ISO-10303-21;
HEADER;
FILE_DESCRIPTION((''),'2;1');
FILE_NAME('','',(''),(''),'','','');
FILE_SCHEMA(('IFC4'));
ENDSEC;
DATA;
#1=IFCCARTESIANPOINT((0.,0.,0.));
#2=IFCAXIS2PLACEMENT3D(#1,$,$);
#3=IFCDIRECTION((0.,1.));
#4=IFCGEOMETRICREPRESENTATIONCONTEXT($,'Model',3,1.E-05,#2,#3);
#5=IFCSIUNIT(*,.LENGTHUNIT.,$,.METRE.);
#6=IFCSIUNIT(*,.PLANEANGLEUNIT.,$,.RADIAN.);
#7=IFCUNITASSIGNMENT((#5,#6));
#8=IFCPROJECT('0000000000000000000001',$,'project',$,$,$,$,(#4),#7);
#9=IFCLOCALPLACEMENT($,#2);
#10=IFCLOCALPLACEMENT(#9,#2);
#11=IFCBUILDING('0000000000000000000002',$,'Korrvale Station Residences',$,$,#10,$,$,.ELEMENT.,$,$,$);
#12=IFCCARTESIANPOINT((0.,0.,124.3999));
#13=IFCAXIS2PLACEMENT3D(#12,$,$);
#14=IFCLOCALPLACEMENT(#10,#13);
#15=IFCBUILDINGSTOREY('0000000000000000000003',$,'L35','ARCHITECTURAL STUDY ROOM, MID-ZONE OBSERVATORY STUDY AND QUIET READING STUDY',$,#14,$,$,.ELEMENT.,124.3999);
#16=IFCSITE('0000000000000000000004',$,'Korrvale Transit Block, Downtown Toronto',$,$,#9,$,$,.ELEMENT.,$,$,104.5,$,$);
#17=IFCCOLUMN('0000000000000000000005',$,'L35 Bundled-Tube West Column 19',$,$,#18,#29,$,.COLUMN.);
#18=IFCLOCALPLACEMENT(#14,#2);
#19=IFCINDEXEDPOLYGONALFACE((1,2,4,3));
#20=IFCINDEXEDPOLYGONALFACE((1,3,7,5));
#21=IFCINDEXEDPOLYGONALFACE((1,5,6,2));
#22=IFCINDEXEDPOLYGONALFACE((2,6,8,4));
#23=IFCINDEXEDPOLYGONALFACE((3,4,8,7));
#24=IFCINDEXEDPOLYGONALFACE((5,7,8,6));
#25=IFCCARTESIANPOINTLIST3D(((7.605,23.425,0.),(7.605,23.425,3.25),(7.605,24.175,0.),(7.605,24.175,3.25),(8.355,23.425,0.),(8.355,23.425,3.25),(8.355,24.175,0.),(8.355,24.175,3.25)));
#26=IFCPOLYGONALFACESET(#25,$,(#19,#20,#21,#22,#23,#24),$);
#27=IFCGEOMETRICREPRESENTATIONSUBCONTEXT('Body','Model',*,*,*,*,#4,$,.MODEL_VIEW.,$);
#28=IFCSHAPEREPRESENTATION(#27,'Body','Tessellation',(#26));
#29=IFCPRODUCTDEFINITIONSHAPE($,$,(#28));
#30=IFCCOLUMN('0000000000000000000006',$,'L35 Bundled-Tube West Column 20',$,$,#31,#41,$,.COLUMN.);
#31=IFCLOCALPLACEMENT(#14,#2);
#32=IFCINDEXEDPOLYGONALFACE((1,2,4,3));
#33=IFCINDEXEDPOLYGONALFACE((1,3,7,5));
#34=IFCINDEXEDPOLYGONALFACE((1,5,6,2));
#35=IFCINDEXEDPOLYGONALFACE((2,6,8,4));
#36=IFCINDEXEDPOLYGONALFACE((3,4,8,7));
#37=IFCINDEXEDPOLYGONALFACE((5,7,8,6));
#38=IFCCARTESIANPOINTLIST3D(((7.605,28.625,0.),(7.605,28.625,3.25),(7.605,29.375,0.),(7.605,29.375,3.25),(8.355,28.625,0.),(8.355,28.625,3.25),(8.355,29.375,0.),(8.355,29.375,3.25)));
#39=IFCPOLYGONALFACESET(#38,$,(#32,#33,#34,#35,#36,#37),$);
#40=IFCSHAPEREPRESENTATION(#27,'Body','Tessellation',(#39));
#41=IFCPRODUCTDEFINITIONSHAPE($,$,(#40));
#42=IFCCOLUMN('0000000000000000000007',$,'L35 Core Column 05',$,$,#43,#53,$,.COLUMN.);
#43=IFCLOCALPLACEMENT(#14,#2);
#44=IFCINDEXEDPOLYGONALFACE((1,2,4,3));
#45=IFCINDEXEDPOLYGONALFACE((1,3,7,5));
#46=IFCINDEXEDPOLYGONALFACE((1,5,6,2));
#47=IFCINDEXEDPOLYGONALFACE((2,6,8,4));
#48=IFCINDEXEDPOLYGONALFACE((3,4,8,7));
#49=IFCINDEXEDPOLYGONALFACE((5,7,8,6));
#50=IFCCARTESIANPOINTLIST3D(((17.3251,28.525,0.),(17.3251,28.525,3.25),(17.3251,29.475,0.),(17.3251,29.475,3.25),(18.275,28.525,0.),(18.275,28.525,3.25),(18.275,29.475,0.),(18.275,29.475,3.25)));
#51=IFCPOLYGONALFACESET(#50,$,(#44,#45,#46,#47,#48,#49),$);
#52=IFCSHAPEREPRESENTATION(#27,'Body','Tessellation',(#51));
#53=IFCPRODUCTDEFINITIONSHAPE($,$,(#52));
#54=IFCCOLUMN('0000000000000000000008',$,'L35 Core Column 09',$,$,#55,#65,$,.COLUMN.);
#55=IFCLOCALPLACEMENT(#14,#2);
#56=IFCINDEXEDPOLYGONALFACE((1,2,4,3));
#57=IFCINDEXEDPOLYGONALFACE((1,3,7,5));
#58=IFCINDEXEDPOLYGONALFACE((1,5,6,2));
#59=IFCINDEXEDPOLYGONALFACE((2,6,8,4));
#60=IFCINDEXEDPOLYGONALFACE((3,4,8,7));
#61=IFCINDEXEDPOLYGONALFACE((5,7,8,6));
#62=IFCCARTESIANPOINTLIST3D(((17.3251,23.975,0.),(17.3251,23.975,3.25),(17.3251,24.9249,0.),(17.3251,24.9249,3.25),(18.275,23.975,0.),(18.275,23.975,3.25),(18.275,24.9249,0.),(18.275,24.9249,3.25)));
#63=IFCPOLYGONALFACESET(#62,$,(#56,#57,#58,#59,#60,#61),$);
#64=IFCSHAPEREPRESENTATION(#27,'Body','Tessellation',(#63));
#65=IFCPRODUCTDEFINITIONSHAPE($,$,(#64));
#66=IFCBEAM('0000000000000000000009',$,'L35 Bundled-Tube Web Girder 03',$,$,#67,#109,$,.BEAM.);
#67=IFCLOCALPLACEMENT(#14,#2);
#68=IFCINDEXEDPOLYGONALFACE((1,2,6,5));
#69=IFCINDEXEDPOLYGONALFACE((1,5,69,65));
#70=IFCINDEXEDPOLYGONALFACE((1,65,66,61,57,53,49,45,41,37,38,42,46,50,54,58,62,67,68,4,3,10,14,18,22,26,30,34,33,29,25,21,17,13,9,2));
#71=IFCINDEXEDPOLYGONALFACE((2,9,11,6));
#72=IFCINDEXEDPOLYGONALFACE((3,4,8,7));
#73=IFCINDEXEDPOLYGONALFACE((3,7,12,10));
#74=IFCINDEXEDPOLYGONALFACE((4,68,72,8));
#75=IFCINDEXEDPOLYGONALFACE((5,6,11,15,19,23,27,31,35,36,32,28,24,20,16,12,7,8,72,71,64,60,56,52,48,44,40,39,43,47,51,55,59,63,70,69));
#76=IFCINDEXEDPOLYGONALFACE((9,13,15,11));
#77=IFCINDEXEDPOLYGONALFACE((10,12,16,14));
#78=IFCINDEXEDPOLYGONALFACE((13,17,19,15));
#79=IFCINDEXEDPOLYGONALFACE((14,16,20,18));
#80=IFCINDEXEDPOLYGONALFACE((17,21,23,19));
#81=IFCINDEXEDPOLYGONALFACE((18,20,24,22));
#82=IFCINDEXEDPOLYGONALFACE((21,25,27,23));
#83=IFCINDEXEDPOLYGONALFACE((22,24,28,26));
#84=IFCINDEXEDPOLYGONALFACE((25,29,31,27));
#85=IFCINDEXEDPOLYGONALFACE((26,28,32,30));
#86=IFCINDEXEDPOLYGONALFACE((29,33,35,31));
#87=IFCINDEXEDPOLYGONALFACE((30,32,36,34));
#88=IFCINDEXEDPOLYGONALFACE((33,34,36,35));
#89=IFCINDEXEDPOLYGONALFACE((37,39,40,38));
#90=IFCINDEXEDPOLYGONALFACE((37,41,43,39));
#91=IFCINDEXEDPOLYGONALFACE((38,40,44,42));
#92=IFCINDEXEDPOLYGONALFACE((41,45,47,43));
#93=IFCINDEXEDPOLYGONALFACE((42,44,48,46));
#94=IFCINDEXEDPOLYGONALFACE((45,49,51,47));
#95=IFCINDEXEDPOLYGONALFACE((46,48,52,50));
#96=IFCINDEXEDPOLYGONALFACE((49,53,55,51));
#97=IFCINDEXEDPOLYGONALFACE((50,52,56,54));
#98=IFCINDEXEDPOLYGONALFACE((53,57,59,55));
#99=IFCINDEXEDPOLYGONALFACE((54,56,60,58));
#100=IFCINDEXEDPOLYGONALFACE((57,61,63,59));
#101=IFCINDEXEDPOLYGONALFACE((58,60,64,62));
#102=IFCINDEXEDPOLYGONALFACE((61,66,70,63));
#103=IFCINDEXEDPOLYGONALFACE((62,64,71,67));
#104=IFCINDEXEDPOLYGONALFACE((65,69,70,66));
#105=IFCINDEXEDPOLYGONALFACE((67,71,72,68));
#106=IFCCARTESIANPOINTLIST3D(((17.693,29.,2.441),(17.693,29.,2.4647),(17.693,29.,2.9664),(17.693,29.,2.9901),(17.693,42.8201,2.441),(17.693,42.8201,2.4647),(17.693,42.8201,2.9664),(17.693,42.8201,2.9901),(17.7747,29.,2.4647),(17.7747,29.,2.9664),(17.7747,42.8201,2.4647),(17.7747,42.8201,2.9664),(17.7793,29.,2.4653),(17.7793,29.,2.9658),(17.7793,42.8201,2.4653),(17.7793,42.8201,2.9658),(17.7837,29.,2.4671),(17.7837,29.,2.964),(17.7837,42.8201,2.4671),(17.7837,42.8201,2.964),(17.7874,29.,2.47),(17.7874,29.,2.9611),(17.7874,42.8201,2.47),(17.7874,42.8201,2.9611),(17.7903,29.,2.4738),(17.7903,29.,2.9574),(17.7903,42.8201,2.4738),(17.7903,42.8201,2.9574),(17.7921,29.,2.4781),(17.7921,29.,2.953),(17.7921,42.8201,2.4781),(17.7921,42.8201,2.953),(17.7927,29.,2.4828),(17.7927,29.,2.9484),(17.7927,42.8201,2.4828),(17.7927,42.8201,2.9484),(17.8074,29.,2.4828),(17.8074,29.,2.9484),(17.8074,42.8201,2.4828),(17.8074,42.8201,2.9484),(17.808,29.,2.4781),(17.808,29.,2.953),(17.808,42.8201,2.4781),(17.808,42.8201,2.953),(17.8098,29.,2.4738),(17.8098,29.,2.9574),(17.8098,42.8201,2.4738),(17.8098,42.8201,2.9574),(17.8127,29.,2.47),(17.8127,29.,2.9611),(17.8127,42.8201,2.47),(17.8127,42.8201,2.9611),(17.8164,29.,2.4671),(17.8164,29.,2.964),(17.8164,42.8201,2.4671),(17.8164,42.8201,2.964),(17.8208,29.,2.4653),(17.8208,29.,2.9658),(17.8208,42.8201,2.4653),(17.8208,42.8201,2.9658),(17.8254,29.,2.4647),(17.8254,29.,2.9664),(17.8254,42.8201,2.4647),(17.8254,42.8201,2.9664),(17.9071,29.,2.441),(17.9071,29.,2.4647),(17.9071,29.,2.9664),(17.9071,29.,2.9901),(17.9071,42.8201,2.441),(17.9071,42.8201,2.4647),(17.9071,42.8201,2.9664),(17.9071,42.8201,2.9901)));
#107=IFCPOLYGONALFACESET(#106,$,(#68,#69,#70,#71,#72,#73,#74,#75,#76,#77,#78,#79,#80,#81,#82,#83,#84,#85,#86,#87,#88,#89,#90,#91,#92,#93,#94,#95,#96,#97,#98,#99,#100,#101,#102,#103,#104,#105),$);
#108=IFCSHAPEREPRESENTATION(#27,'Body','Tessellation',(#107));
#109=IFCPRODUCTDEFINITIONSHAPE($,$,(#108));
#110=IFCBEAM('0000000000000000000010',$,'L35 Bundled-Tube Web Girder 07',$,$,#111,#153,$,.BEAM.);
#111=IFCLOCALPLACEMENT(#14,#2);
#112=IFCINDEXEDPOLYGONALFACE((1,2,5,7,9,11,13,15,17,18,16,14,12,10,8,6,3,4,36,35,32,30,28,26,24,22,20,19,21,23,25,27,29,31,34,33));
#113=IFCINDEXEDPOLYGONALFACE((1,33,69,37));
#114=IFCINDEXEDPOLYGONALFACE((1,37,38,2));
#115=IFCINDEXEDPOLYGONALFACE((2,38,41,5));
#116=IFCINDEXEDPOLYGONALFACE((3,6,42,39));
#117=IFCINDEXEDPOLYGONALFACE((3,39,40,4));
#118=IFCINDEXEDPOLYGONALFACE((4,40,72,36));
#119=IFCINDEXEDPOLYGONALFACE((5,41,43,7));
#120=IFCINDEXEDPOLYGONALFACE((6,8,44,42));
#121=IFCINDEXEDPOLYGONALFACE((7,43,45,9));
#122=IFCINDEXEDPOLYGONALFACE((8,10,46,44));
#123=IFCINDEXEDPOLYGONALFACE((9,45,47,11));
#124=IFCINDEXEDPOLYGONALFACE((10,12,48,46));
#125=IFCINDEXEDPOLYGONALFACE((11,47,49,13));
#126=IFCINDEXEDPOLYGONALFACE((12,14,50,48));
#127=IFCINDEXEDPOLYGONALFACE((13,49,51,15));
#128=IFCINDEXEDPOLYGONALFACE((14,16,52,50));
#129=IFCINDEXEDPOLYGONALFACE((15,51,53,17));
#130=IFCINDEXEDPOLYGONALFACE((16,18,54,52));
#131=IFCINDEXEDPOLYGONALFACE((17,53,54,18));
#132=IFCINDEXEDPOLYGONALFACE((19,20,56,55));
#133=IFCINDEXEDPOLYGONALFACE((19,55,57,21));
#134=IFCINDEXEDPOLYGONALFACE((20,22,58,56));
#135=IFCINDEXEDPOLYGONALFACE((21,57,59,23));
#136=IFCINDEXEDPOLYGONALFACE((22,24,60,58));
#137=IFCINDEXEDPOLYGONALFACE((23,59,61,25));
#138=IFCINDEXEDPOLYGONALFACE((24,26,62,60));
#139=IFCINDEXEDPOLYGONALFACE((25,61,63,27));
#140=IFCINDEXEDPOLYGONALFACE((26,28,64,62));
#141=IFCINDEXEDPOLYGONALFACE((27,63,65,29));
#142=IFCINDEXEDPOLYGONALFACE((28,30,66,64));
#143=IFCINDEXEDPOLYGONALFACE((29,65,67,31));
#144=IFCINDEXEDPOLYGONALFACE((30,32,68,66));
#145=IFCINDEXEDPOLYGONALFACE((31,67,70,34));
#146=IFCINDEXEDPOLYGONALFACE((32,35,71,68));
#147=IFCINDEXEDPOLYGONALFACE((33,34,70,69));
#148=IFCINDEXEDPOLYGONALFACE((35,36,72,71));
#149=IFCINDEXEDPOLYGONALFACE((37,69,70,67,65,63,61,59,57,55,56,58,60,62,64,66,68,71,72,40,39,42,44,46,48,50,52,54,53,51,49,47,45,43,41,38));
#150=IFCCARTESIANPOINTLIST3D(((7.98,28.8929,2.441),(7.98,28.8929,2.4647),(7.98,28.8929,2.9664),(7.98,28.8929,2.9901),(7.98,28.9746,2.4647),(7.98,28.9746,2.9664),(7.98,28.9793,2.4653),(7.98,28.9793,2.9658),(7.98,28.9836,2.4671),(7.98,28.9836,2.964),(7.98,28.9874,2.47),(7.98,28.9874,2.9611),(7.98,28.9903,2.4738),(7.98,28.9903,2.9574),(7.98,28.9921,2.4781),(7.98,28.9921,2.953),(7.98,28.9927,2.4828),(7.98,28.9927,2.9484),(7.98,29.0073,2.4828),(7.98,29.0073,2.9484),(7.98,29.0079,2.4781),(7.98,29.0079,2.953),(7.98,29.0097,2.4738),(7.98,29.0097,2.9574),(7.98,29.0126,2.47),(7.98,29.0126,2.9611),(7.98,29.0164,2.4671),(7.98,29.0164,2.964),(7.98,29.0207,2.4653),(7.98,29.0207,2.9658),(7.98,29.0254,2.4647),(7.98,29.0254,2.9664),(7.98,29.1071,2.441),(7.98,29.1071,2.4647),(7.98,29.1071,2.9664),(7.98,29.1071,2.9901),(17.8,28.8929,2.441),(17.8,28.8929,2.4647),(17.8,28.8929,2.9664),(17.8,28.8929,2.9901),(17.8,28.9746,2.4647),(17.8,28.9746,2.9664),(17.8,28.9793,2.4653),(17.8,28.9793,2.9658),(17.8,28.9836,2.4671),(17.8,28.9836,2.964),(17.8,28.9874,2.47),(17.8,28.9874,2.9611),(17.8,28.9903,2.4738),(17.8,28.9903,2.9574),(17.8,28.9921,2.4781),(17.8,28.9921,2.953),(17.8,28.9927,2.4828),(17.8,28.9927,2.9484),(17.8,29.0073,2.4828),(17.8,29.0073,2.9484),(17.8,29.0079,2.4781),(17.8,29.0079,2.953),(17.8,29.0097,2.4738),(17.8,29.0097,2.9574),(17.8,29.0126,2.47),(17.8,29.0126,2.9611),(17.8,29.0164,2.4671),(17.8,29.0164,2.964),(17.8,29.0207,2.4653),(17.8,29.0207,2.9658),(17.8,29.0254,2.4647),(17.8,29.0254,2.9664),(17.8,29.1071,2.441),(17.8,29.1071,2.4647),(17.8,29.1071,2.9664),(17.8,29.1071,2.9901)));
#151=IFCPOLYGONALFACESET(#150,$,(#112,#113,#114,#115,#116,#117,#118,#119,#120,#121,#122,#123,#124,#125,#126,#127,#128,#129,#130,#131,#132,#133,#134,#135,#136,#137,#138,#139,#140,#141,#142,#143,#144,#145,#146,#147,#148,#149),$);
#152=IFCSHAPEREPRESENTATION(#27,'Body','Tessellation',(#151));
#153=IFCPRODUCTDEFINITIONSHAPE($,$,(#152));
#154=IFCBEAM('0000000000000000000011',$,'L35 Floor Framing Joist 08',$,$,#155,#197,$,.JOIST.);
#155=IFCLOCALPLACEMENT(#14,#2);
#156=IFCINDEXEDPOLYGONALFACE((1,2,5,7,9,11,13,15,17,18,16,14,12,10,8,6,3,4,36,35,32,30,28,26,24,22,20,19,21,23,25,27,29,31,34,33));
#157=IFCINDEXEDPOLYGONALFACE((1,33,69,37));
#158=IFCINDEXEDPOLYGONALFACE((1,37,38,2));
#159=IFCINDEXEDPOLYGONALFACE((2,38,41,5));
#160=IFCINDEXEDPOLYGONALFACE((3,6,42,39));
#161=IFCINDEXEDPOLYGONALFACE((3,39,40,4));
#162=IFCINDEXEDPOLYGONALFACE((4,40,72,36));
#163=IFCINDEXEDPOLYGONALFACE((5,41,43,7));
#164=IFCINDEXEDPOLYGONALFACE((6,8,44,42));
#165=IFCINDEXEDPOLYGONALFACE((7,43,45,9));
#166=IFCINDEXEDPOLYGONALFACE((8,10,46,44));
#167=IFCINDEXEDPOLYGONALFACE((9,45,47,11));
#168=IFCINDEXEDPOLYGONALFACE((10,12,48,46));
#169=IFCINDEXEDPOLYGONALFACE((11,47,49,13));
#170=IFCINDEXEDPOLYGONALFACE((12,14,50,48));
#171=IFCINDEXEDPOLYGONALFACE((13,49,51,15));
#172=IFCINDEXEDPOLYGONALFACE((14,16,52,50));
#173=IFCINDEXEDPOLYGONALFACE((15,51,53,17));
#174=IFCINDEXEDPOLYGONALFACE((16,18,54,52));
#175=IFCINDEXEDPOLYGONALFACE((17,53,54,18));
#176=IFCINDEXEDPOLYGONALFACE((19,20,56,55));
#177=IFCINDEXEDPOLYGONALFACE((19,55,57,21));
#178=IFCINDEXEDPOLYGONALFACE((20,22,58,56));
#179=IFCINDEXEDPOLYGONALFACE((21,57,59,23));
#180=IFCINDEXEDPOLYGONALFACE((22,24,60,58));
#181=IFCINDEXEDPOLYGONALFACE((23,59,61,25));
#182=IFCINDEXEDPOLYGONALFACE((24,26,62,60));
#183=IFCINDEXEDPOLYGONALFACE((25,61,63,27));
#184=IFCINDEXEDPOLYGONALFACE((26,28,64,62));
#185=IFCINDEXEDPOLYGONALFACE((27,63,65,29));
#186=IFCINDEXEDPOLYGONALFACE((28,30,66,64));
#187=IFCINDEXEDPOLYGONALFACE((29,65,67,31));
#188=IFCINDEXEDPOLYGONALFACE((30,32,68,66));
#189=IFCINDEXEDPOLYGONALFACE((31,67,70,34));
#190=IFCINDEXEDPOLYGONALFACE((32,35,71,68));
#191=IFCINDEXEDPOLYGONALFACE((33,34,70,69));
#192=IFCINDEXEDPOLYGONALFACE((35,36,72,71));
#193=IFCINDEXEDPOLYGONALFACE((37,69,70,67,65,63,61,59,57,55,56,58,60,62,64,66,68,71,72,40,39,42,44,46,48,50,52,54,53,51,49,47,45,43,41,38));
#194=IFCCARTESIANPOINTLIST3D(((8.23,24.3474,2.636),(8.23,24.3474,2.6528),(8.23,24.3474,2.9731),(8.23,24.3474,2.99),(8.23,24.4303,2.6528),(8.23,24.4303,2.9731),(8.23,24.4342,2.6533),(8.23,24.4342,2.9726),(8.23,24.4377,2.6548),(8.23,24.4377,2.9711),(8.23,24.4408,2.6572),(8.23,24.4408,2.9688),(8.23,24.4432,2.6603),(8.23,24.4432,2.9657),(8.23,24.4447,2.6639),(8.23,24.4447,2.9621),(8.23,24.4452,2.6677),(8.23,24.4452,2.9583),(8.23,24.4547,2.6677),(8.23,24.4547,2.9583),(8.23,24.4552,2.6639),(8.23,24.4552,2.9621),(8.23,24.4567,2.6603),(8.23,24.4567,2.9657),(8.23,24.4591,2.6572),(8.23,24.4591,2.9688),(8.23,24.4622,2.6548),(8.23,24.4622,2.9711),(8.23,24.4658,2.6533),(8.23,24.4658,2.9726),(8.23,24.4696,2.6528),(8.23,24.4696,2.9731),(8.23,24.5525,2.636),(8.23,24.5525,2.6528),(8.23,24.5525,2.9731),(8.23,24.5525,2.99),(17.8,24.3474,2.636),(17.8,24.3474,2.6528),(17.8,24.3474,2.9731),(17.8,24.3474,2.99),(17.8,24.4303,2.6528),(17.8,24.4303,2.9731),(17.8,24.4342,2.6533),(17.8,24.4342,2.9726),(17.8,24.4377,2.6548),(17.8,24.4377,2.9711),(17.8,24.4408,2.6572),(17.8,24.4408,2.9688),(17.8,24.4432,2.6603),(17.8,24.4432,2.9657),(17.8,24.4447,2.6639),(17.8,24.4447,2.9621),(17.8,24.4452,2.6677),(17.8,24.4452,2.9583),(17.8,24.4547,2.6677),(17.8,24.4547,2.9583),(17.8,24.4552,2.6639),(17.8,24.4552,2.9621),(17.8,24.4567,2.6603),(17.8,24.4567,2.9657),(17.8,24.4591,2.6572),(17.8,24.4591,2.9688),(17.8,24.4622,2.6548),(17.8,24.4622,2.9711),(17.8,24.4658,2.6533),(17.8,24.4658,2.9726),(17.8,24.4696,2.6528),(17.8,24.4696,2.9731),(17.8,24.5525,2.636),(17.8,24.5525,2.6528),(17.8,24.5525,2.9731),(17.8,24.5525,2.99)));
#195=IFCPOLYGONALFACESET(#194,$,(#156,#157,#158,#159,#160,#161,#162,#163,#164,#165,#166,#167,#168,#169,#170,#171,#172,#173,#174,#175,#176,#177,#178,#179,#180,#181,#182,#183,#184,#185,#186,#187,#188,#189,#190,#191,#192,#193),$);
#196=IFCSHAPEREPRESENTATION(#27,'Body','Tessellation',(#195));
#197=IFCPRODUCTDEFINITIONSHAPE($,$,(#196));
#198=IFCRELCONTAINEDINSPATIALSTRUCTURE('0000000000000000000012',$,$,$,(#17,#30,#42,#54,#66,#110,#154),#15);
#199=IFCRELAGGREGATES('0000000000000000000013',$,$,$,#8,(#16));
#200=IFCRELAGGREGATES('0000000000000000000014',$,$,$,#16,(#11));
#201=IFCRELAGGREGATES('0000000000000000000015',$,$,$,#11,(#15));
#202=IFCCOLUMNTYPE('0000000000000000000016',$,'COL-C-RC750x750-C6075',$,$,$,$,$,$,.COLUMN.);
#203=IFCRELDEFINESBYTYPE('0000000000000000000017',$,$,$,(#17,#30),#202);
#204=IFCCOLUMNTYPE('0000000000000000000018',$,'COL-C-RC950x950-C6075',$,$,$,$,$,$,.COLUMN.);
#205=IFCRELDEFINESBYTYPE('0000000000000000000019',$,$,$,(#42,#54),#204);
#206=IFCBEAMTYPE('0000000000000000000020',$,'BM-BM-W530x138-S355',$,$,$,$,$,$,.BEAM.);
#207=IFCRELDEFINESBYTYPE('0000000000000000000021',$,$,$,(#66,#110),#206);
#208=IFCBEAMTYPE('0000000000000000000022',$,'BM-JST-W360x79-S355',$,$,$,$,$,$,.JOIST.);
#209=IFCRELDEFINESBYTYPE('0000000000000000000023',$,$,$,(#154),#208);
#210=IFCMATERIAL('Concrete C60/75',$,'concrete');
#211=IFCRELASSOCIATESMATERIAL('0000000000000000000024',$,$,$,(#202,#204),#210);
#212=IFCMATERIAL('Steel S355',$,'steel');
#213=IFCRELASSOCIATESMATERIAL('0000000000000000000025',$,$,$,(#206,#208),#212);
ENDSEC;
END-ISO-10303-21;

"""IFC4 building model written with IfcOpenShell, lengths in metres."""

from ifc_helpers import new_model, si_unit, direction, frame, origin, origin_2d, place, context, subcontext, project, spatial, rectangle, i_section, extrude, material, material_profile, profile_set, type_object, element, save


model = new_model("IFC4")

# Units and contexts
model_context = context("Model", 3, precision=1e-05, world=origin(), true_north=direction((0.0, 1.0)))
body_context = subcontext(model_context, "Body", "Model", "MODEL_VIEW")
ifc_project = project(units=[si_unit("LENGTHUNIT", "METRE"), si_unit("PLANEANGLEUNIT", "RADIAN")], contexts=[model_context])

# Site, building, storey
site_placement = place(None, origin())
site = spatial("IfcSite", under=ifc_project, at=site_placement, Name="Korrvale Transit Block, Downtown Toronto", CompositionType="ELEMENT", RefElevation=104.5)
building_placement = place(site_placement, origin())
building = spatial("IfcBuilding", under=site, at=building_placement, Name="Korrvale Station Residences", CompositionType="ELEMENT")
storey_placement = place(building_placement, frame((0.0, 0.0, 124.3999)))
storey = spatial("IfcBuildingStorey", under=building, at=storey_placement, Name="L35", Description="ARCHITECTURAL STUDY ROOM, MID-ZONE OBSERVATORY STUDY AND QUIET READING STUDY", CompositionType="ELEMENT", Elevation=124.3999)

# Columns
ifc_material_1 = material(Name="Concrete C60/75", Category="concrete")
ifc_material_profile_1 = material_profile(ifc_material_1, rectangle(XDim=0.75, YDim=0.75, at=origin_2d()), Name="RC750x750")
ifc_profile_set_1 = profile_set([ifc_material_profile_1], Name="Concrete C60/75")
column_type_1 = type_object("IfcColumnType", Name="COL-C-RC750x750-C6075", PredefinedType="COLUMN", material=ifc_profile_set_1)
for number, where, z_axis, x_axis, name in (
    (1, (7.98, 23.8, 0.0), (0.0, 0.0, 1.0), (1.0, 0.0, 0.0), "L35 Bundled-Tube West Column 19"),
    (2, (7.98, 29.0, 0.0), (0.0, 0.0, 1.0), (1.0, 0.0, 0.0), "L35 Bundled-Tube West Column 20"),
):
    element("IfcColumn", number, at=place(storey_placement, frame(where, z_axis=z_axis, x_axis=x_axis)), inside=storey, type_object=column_type_1, Name=name, PredefinedType="COLUMN", context=body_context, shape_type="SweptSolid", body=[
        extrude(rectangle(XDim=0.75, YDim=0.75, at=origin_2d()), origin(), (0.0, 0.0, 1.0), 3.25),
    ])
ifc_material_profile_2 = material_profile(ifc_material_1, rectangle(XDim=0.95, YDim=0.95, at=origin_2d()), Name="RC950x950")
ifc_profile_set_2 = profile_set([ifc_material_profile_2], Name="Concrete C60/75")
column_type_2 = type_object("IfcColumnType", Name="COL-C-RC950x950-C6075", PredefinedType="COLUMN", material=ifc_profile_set_2)
for number, where, z_axis, x_axis, name in (
    (3, (17.8, 29.0, 0.0), (0.0, 0.0, 1.0), (1.0, 0.0, 0.0), "L35 Core Column 05"),
    (4, (17.8, 24.45, 0.0), (0.0, 0.0, 1.0), (1.0, 0.0, 0.0), "L35 Core Column 09"),
):
    element("IfcColumn", number, at=place(storey_placement, frame(where, z_axis=z_axis, x_axis=x_axis)), inside=storey, type_object=column_type_2, Name=name, PredefinedType="COLUMN", context=body_context, shape_type="SweptSolid", body=[
        extrude(rectangle(XDim=0.95, YDim=0.95, at=origin_2d()), origin(), (0.0, 0.0, 1.0), 3.25),
    ])

# Beams
ifc_material_2 = material(Name="Steel S355", Category="steel")
ifc_material_profile_3 = material_profile(ifc_material_2, i_section(OverallWidth=0.2141, OverallDepth=0.5491, WebThickness=0.0146, FlangeThickness=0.0237, FilletRadius=0.0181, at=origin_2d()), Name="W530x138")
ifc_profile_set_3 = profile_set([ifc_material_profile_3], Name="Steel S355")
beam_type_1 = type_object("IfcBeamType", Name="BM-BM-W530x138-S355", PredefinedType="BEAM", material=ifc_profile_set_3)
beam_1_placement = place(storey_placement, frame((17.8, 29.0, 2.7156), z_axis=(0.0, 1.0, 0.0), x_axis=(-1.0, 0.0, 0.0)))
element("IfcBeam", 5, at=beam_1_placement, inside=storey, type_object=beam_type_1, Name="L35 Bundled-Tube Web Girder 03", PredefinedType="BEAM", context=body_context, shape_type="SweptSolid", body=[
    extrude(i_section(OverallWidth=0.2141, OverallDepth=0.5491, WebThickness=0.0146, FlangeThickness=0.0237, FilletRadius=0.0181, at=origin_2d()), origin(), (0.0, 0.0, 1.0), 13.8201),
])
beam_2_placement = place(storey_placement, frame((7.98, 29.0, 2.7156), z_axis=(1.0, 0.0, 0.0), x_axis=(0.0, 1.0, 0.0)))
element("IfcBeam", 6, at=beam_2_placement, inside=storey, type_object=beam_type_1, Name="L35 Bundled-Tube Web Girder 07", PredefinedType="BEAM", context=body_context, shape_type="SweptSolid", body=[
    extrude(i_section(OverallWidth=0.2141, OverallDepth=0.5491, WebThickness=0.0146, FlangeThickness=0.0237, FilletRadius=0.0181, at=origin_2d()), origin(), (0.0, 0.0, 1.0), 9.8201),
])
ifc_material_profile_4 = material_profile(ifc_material_2, i_section(OverallWidth=0.2051, OverallDepth=0.354, WebThickness=0.0095, FlangeThickness=0.0168, FilletRadius=0.0149, at=origin_2d()), Name="W360x79")
ifc_profile_set_4 = profile_set([ifc_material_profile_4], Name="Steel S355")
beam_type_2 = type_object("IfcBeamType", Name="BM-JST-W360x79-S355", PredefinedType="JOIST", material=ifc_profile_set_4)
beam_3_placement = place(storey_placement, frame((8.23, 24.45, 2.813), z_axis=(1.0, 0.0, 0.0), x_axis=(0.0, 1.0, 0.0)))
element("IfcBeam", 7, at=beam_3_placement, inside=storey, type_object=beam_type_2, Name="L35 Floor Framing Joist 08", PredefinedType="JOIST", context=body_context, shape_type="SweptSolid", body=[
    extrude(i_section(OverallWidth=0.2051, OverallDepth=0.354, WebThickness=0.0095, FlangeThickness=0.0168, FilletRadius=0.0149, at=origin_2d()), origin(), (0.0, 0.0, 1.0), 9.5701),
])

save(model, "model.ifc")
